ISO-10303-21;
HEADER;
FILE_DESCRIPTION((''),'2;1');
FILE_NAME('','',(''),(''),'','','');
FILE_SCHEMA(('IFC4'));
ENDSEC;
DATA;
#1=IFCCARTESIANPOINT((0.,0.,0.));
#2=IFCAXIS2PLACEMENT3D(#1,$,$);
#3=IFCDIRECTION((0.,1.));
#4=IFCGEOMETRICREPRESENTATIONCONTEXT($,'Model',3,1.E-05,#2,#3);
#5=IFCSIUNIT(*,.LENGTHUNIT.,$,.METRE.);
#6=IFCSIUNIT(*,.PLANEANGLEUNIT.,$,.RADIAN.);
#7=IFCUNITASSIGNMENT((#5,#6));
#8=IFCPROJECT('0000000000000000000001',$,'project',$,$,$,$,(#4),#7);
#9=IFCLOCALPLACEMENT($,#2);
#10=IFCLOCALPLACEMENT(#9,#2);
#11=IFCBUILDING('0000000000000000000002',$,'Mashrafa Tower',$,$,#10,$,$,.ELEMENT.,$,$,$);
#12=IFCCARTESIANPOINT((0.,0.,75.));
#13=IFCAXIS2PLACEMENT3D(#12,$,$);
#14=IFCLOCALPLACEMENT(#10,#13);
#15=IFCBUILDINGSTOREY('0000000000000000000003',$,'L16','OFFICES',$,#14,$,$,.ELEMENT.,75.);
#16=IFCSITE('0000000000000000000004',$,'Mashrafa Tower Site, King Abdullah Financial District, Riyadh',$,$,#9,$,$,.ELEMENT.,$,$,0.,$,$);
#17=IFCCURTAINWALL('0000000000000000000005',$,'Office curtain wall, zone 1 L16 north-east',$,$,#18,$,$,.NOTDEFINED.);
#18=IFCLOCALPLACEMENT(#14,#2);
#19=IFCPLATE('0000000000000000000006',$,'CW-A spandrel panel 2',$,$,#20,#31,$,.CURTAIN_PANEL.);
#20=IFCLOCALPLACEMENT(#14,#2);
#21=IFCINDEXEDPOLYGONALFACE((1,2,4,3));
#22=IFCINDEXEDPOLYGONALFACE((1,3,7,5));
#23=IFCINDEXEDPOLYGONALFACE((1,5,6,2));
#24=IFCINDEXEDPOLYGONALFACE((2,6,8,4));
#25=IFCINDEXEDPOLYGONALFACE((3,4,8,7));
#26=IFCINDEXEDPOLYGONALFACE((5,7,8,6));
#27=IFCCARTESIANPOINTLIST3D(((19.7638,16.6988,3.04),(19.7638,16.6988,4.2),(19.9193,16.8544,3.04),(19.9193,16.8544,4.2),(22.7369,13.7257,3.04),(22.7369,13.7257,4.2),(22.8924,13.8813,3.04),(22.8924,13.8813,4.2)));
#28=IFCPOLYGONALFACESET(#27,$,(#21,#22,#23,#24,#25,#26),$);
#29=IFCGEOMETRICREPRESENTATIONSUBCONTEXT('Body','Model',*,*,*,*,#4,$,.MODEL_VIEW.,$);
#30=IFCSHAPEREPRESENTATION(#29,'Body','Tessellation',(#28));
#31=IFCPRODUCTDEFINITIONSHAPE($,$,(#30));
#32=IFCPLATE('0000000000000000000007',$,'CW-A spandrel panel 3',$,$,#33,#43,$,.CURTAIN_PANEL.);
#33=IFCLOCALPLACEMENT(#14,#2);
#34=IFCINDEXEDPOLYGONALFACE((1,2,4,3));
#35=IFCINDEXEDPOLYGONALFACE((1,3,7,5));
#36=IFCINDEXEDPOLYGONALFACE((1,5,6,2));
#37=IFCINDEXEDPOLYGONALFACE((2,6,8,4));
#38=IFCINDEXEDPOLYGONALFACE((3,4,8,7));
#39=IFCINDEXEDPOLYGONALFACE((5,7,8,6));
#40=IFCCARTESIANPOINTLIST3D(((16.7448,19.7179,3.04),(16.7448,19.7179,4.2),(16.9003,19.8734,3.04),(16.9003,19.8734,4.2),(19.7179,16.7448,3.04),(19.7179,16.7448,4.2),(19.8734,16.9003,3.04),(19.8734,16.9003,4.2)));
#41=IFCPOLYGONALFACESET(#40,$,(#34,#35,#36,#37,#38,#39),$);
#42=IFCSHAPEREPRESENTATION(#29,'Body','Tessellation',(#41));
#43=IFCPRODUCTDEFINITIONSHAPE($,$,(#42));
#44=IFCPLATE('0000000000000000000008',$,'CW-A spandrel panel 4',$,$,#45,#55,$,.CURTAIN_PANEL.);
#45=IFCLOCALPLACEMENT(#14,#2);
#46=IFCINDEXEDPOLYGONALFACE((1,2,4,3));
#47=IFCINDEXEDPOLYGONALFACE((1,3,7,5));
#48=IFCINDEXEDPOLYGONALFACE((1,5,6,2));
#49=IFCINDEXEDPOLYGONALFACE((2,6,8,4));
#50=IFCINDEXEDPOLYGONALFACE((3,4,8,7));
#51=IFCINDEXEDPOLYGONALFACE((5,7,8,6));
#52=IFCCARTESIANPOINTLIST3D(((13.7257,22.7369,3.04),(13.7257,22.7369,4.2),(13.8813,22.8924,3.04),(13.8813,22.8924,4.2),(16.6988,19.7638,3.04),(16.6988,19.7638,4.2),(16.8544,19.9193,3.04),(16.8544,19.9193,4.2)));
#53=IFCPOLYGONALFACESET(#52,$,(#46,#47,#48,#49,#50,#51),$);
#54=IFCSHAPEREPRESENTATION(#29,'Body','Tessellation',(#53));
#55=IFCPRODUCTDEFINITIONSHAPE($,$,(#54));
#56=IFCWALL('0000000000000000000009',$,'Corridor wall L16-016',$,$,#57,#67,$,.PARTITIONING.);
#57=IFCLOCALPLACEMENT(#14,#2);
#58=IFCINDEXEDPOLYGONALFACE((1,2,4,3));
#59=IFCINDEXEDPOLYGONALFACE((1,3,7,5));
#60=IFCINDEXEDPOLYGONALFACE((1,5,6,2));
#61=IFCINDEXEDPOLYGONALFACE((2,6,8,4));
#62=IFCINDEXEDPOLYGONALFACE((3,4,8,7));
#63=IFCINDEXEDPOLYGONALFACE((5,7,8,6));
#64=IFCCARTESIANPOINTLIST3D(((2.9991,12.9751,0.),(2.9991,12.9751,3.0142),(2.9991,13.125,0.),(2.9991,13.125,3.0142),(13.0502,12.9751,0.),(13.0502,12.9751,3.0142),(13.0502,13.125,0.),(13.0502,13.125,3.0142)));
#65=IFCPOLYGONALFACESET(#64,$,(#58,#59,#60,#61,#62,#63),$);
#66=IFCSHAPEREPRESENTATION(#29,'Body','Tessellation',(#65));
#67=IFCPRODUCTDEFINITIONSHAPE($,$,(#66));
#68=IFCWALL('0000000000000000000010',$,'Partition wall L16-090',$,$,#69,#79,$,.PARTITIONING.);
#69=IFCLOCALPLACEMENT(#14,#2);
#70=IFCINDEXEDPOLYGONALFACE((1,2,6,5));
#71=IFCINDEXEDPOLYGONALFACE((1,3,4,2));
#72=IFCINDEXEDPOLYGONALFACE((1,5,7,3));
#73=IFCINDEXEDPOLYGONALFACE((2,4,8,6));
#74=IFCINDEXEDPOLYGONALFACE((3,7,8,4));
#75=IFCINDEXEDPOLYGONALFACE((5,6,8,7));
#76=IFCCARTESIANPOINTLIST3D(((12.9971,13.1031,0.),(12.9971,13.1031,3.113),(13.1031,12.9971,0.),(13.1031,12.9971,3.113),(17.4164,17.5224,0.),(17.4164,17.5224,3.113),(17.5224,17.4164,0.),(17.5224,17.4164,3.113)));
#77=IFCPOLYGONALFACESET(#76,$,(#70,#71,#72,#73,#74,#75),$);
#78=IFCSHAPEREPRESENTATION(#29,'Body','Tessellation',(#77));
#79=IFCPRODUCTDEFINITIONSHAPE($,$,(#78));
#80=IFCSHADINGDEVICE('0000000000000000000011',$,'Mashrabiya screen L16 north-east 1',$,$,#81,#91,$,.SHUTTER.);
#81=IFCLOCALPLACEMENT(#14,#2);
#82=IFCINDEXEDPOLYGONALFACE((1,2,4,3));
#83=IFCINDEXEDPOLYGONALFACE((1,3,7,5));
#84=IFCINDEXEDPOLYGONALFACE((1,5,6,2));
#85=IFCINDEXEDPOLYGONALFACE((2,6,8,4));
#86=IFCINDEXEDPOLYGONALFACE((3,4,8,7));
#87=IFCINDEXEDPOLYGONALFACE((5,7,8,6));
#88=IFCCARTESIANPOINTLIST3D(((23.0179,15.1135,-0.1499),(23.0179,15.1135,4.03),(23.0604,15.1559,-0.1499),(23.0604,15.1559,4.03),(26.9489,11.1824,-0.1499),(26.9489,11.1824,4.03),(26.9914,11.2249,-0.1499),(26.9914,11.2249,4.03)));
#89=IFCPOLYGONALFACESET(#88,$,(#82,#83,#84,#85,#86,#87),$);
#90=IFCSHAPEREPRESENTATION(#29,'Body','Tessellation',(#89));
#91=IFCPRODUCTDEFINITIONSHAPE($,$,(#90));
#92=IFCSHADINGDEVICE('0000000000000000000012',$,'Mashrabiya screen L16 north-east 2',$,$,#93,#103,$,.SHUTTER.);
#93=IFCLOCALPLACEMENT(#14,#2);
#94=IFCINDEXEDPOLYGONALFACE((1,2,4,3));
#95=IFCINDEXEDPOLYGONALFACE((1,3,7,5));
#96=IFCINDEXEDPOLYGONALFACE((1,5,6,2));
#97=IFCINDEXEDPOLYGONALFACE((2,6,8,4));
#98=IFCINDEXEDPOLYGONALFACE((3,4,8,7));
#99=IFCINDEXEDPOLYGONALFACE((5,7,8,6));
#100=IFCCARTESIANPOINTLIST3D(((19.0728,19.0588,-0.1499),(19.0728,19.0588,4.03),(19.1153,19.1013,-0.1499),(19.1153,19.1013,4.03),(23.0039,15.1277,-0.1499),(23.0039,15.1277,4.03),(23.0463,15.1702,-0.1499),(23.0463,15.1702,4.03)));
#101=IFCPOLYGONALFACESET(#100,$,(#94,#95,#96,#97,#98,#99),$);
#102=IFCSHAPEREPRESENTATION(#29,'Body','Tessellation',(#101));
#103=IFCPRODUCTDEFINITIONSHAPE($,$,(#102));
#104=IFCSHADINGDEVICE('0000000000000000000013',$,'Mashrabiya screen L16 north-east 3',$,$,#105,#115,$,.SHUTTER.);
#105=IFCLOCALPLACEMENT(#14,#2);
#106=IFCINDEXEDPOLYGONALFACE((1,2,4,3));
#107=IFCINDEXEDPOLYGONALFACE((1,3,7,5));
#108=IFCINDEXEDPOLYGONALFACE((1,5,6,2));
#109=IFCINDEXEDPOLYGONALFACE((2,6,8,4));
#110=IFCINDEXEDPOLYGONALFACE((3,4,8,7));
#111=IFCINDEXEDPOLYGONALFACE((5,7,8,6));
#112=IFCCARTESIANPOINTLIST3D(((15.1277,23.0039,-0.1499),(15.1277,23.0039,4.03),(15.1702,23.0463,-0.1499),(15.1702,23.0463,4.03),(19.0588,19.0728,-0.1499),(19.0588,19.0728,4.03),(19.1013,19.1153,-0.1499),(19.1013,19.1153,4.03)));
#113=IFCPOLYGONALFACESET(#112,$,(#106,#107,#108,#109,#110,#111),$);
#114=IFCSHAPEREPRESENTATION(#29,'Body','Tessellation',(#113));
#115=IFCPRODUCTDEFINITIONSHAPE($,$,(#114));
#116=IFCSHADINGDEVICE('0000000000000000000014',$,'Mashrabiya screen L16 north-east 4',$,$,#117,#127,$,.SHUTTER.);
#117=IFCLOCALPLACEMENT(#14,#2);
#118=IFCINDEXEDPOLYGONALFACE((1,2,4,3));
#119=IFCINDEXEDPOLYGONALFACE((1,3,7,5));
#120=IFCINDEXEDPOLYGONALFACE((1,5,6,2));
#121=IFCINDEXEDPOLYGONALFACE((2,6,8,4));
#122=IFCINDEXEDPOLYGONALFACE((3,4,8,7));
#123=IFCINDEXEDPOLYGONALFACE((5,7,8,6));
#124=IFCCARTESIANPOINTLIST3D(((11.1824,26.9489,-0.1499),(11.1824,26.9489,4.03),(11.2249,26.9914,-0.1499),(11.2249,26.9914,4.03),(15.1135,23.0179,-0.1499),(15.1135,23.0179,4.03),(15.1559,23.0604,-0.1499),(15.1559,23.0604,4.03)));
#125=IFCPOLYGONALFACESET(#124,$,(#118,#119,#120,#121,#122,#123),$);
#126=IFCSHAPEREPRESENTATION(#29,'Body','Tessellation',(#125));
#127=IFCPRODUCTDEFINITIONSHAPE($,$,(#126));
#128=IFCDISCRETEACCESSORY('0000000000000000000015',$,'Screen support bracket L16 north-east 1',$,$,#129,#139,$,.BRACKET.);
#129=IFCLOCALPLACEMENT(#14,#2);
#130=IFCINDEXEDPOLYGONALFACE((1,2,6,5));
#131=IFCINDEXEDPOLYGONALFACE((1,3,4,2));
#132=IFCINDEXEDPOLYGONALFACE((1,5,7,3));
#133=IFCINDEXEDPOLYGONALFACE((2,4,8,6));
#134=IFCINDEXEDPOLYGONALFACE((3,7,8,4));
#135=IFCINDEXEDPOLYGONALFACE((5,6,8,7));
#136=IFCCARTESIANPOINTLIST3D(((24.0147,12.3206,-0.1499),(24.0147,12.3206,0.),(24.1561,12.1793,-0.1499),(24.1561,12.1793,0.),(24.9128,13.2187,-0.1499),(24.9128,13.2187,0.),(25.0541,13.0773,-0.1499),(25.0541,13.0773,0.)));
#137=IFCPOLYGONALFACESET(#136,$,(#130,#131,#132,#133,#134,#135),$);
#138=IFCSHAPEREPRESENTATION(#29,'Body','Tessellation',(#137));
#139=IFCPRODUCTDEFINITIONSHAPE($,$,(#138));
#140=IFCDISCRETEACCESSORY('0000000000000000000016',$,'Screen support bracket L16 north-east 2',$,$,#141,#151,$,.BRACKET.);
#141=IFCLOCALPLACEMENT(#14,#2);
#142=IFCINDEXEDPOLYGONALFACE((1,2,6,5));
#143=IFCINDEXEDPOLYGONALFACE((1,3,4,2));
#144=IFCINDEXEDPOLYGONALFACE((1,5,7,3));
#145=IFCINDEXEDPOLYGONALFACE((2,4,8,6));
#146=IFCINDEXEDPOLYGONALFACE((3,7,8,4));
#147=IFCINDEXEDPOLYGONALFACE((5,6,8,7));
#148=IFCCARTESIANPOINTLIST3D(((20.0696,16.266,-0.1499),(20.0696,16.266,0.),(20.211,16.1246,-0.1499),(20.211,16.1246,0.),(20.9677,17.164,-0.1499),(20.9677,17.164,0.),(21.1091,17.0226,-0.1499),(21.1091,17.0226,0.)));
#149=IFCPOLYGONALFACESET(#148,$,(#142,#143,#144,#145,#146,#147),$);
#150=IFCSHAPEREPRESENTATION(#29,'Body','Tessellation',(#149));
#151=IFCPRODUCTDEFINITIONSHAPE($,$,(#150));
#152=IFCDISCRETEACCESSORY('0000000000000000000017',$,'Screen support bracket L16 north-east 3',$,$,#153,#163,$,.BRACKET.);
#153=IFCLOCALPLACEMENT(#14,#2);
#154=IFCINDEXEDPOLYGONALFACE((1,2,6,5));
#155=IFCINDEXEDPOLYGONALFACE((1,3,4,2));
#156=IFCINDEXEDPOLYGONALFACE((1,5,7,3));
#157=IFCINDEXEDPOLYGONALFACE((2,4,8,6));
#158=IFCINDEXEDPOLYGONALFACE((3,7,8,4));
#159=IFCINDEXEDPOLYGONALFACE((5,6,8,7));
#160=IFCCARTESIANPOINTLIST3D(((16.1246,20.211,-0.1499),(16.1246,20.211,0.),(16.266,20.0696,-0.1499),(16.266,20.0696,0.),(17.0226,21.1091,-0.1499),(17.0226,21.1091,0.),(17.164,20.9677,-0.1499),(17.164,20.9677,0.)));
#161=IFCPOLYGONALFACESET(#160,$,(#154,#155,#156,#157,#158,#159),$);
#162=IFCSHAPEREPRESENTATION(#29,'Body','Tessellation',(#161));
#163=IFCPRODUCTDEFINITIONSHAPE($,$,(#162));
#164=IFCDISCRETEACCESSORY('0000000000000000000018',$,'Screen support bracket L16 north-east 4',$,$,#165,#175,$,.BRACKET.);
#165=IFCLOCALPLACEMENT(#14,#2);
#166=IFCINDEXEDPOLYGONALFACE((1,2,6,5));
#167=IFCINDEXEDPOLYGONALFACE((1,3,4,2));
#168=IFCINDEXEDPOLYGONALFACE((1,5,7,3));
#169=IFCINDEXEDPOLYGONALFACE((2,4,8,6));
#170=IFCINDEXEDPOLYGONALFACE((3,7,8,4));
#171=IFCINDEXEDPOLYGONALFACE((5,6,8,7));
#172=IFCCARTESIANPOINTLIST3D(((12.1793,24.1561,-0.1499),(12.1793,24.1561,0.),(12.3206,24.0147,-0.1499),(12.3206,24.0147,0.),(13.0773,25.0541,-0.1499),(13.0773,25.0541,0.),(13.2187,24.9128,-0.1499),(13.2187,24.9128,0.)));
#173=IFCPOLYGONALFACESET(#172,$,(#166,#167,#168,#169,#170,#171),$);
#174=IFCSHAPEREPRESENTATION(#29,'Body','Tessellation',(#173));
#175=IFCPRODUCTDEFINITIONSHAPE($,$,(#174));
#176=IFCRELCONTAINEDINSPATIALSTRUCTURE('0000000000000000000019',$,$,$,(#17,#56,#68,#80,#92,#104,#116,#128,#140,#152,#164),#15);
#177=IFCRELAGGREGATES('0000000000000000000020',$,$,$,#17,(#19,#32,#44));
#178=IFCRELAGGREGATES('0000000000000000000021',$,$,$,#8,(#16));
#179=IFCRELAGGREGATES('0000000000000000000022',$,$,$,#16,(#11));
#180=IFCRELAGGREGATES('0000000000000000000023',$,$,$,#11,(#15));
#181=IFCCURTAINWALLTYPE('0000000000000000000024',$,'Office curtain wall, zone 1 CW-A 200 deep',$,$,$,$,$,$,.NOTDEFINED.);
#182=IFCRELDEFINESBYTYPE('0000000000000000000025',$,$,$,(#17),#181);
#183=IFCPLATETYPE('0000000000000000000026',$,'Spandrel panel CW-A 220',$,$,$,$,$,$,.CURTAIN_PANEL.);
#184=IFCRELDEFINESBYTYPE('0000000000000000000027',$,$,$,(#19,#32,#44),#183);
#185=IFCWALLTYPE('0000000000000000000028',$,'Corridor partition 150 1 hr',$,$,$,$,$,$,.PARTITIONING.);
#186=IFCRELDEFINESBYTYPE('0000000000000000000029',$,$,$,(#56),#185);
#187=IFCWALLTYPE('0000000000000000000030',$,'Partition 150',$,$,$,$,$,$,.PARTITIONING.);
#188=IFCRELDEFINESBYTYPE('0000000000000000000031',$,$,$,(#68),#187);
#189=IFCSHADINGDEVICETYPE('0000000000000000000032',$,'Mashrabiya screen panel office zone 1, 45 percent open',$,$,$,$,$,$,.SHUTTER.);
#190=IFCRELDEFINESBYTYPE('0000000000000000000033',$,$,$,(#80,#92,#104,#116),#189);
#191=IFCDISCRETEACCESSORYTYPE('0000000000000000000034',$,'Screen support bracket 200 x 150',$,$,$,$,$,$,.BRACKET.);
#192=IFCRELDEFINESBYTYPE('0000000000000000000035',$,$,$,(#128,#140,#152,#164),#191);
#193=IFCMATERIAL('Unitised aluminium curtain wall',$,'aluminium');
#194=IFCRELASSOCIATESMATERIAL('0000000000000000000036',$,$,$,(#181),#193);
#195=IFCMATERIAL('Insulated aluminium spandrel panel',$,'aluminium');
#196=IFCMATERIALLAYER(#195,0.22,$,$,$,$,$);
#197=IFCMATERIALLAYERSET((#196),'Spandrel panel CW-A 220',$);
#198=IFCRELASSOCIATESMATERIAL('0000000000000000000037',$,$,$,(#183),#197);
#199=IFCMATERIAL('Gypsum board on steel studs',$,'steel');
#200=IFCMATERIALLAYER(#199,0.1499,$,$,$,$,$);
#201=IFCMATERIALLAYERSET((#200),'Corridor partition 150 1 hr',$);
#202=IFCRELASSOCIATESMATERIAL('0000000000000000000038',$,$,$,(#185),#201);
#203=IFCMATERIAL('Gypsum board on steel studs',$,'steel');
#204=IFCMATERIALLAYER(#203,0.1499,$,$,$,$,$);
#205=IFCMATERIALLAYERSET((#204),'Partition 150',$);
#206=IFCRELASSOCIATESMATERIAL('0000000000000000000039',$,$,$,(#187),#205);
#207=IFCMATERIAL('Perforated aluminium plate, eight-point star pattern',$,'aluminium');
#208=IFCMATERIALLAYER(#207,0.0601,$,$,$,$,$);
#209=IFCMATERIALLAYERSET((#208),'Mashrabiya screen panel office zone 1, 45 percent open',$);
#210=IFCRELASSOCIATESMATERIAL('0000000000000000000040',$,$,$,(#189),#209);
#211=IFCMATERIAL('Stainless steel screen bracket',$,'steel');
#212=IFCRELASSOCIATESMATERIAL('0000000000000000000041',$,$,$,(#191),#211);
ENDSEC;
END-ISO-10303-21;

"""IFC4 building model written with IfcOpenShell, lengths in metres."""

from ifc_helpers import new_model, si_unit, direction, frame, frame_2d, origin, origin_2d, place, context, subcontext, project, spatial, rectangle, extrude, source, transform, mapped, material, layer, layer_set, type_object, type_shapes, element, aggregate, save


model = new_model("IFC4")

# Units and contexts
model_context = context("Model", 3, precision=1e-05, world=origin(), true_north=direction((0.0, 1.0)))
body_context = subcontext(model_context, "Body", "Model", "MODEL_VIEW")
ifc_project = project(units=[si_unit("LENGTHUNIT", "METRE"), si_unit("PLANEANGLEUNIT", "RADIAN")], contexts=[model_context])

# Site, building, storey
site_placement = place(None, origin())
site = spatial("IfcSite", under=ifc_project, at=site_placement, Name="Mashrafa Tower Site, King Abdullah Financial District, Riyadh", CompositionType="ELEMENT", RefElevation=0.0)
building_placement = place(site_placement, origin())
building = spatial("IfcBuilding", under=site, at=building_placement, Name="Mashrafa Tower", CompositionType="ELEMENT")
storey_placement = place(building_placement, frame((0.0, 0.0, 75.0)))
storey = spatial("IfcBuildingStorey", under=building, at=storey_placement, Name="L16", Description="OFFICES", CompositionType="ELEMENT", Elevation=75.0)

# Shared definitions
ifc_material_1 = material(Name="Unitised aluminium curtain wall", Category="aluminium")
curtain_wall_type = type_object("IfcCurtainWallType", Name="Office curtain wall, zone 1 CW-A 200 deep", PredefinedType="NOTDEFINED", material=ifc_material_1)

# Curtain wall, plates
curtain_wall_1_placement = place(storey_placement, origin())
curtain_wall_1 = element("IfcCurtainWall", 1, at=curtain_wall_1_placement, inside=storey, type_object=curtain_wall_type, Name="Office curtain wall, zone 1 L16 north-east", PredefinedType="NOTDEFINED")
ifc_material_2 = material(Name="Insulated aluminium spandrel panel", Category="aluminium")
ifc_layer_1 = layer(ifc_material_2, 0.22)
ifc_layer_set_1 = layer_set([ifc_layer_1], Name="Spandrel panel CW-A 220")
plate_type_1 = type_object("IfcPlateType", Name="Spandrel panel CW-A 220", PredefinedType="CURTAIN_PANEL", material=ifc_layer_set_1)
shared_shape_1 = source(origin(), body_context, "Body", "SweptSolid", [
    extrude(rectangle(XDim=4.2046, YDim=0.22, at=origin_2d()), origin(), (0.0, 0.0, 1.0), 1.1599),
])
plate_1_placement = place(storey_placement, frame((21.3281, 15.29, 3.04), z_axis=(0.0, 0.0, 1.0), x_axis=(-0.707107, 0.707107, 0.0)))
plate_1 = element("IfcPlate", 2, at=plate_1_placement, type_object=plate_type_1, Name="CW-A spandrel panel 2", PredefinedType="CURTAIN_PANEL", context=body_context, shape_type="MappedRepresentation", body=[
    mapped(shared_shape_1, transform((0.0, 0.0, 0.0))),
])
plate_2_placement = place(storey_placement, frame((18.3091, 18.3091, 3.04), z_axis=(0.0, 0.0, 1.0), x_axis=(-0.707107, 0.707107, 0.0)))
plate_2 = element("IfcPlate", 3, at=plate_2_placement, type_object=plate_type_1, Name="CW-A spandrel panel 3", PredefinedType="CURTAIN_PANEL", context=body_context, shape_type="MappedRepresentation", body=[
    mapped(shared_shape_1, transform((0.0, 0.0, 0.0))),
])
plate_3_placement = place(storey_placement, frame((15.29, 21.3281, 3.04), z_axis=(0.0, 0.0, 1.0), x_axis=(-0.707107, 0.707107, 0.0)))
plate_3 = element("IfcPlate", 4, at=plate_3_placement, type_object=plate_type_1, Name="CW-A spandrel panel 4", PredefinedType="CURTAIN_PANEL", context=body_context, shape_type="MappedRepresentation", body=[
    mapped(shared_shape_1, transform((0.0, 0.0, 0.0))),
])
aggregate(curtain_wall_1, [plate_1, plate_2, plate_3])

# Walls
ifc_material_3 = material(Name="Gypsum board on steel studs", Category="steel")
ifc_layer_2 = layer(ifc_material_3, 0.1499)
ifc_layer_set_2 = layer_set([ifc_layer_2], Name="Corridor partition 150 1 hr")
wall_type_1 = type_object("IfcWallType", Name="Corridor partition 150 1 hr", PredefinedType="PARTITIONING", material=ifc_layer_set_2)
wall_1_placement = place(storey_placement, frame((13.05, 13.05, 0.0), z_axis=(0.0, 0.0, 1.0), x_axis=(-1.0, 0.0, 0.0)))
element("IfcWall", 5, at=wall_1_placement, inside=storey, type_object=wall_type_1, Name="Corridor wall L16-016", PredefinedType="PARTITIONING", context=body_context, shape_type="SweptSolid", body=[
    extrude(rectangle(XDim=10.051, YDim=0.1499, at=frame_2d((5.0254, 0.0))), origin(), (0.0, 0.0, 1.0), 3.0142),
])
ifc_material_4 = material(Name="Gypsum board on steel studs", Category="steel")
ifc_layer_3 = layer(ifc_material_4, 0.1499)
ifc_layer_set_3 = layer_set([ifc_layer_3], Name="Partition 150")
wall_type_2 = type_object("IfcWallType", Name="Partition 150", PredefinedType="PARTITIONING", material=ifc_layer_set_3)
wall_2_placement = place(storey_placement, frame((13.05, 13.05, 0.0), z_axis=(0.0, 0.0, 1.0), x_axis=(0.707107, 0.707107, 0.0)))
element("IfcWall", 6, at=wall_2_placement, inside=storey, type_object=wall_type_2, Name="Partition wall L16-090", PredefinedType="PARTITIONING", context=body_context, shape_type="SweptSolid", body=[
    extrude(rectangle(XDim=6.2498, YDim=0.1499, at=frame_2d((3.125, 0.0))), origin(), (0.0, 0.0, 1.0), 3.113),
])

# Shading devices
ifc_material_5 = material(Name="Perforated aluminium plate, eight-point star pattern", Category="aluminium")
ifc_layer_4 = layer(ifc_material_5, 0.0601)
ifc_layer_set_4 = layer_set([ifc_layer_4], Name="Mashrabiya screen panel office zone 1, 45 percent open")
shading_device_type = type_object("IfcShadingDeviceType", Name="Mashrabiya screen panel office zone 1, 45 percent open", PredefinedType="SHUTTER", material=ifc_layer_set_4)
shared_shape_2 = source(origin(), body_context, "Body", "SweptSolid", [
    extrude(rectangle(XDim=5.5593, YDim=0.0601, at=origin_2d()), origin(), (0.0, 0.0, 1.0), 4.1799),
])
type_shapes(shading_device_type, [shared_shape_2])
for number, where, z_axis, x_axis, name in (
    (7, (25.0046, 13.1692, -0.1499), (0.0, 0.0, 1.0), (-0.707107, 0.707107, 0.0), "Mashrabiya screen L16 north-east 1"),
    (8, (21.0596, 17.1145, -0.1499), (0.0, 0.0, 1.0), (-0.707107, 0.707107, 0.0), "Mashrabiya screen L16 north-east 2"),
    (9, (17.1145, 21.0596, -0.1499), (0.0, 0.0, 1.0), (-0.707107, 0.707107, 0.0), "Mashrabiya screen L16 north-east 3"),
    (10, (13.1692, 25.0046, -0.1499), (0.0, 0.0, 1.0), (-0.707107, 0.707107, 0.0), "Mashrabiya screen L16 north-east 4"),
):
    element("IfcShadingDevice", number, at=place(storey_placement, frame(where, z_axis=z_axis, x_axis=x_axis)), inside=storey, type_object=shading_device_type, Name=name, PredefinedType="SHUTTER", context=body_context, shape_type="MappedRepresentation", body=[
        mapped(shared_shape_2, transform((0.0, 0.0, 0.0))),
    ])

# Discrete accessories
ifc_material_6 = material(Name="Stainless steel screen bracket", Category="steel")
discrete_accessory_type = type_object("IfcDiscreteAccessoryType", Name="Screen support bracket 200 x 150", PredefinedType="BRACKET", material=ifc_material_6)
shared_shape_3 = source(origin(), body_context, "Body", "SweptSolid", [
    extrude(rectangle(XDim=0.2, YDim=1.27, at=origin_2d()), origin(), (0.0, 0.0, 1.0), 0.1499),
])
type_shapes(discrete_accessory_type, [shared_shape_3])
for number, where, z_axis, x_axis, name in (
    (11, (24.5344, 12.699, -0.1499), (0.0, 0.0, 1.0), (-0.707107, 0.707107, 0.0), "Screen support bracket L16 north-east 1"),
    (12, (20.5894, 16.6443, -0.1499), (0.0, 0.0, 1.0), (-0.707107, 0.707107, 0.0), "Screen support bracket L16 north-east 2"),
    (13, (16.6443, 20.5894, -0.1499), (0.0, 0.0, 1.0), (-0.707107, 0.707107, 0.0), "Screen support bracket L16 north-east 3"),
    (14, (12.699, 24.5344, -0.1499), (0.0, 0.0, 1.0), (-0.707107, 0.707107, 0.0), "Screen support bracket L16 north-east 4"),
):
    element("IfcDiscreteAccessory", number, at=place(storey_placement, frame(where, z_axis=z_axis, x_axis=x_axis)), inside=storey, type_object=discrete_accessory_type, Name=name, PredefinedType="BRACKET", context=body_context, shape_type="MappedRepresentation", body=[
        mapped(shared_shape_3, transform((0.0, 0.0, 0.0))),
    ])

save(model, "model.ifc")
